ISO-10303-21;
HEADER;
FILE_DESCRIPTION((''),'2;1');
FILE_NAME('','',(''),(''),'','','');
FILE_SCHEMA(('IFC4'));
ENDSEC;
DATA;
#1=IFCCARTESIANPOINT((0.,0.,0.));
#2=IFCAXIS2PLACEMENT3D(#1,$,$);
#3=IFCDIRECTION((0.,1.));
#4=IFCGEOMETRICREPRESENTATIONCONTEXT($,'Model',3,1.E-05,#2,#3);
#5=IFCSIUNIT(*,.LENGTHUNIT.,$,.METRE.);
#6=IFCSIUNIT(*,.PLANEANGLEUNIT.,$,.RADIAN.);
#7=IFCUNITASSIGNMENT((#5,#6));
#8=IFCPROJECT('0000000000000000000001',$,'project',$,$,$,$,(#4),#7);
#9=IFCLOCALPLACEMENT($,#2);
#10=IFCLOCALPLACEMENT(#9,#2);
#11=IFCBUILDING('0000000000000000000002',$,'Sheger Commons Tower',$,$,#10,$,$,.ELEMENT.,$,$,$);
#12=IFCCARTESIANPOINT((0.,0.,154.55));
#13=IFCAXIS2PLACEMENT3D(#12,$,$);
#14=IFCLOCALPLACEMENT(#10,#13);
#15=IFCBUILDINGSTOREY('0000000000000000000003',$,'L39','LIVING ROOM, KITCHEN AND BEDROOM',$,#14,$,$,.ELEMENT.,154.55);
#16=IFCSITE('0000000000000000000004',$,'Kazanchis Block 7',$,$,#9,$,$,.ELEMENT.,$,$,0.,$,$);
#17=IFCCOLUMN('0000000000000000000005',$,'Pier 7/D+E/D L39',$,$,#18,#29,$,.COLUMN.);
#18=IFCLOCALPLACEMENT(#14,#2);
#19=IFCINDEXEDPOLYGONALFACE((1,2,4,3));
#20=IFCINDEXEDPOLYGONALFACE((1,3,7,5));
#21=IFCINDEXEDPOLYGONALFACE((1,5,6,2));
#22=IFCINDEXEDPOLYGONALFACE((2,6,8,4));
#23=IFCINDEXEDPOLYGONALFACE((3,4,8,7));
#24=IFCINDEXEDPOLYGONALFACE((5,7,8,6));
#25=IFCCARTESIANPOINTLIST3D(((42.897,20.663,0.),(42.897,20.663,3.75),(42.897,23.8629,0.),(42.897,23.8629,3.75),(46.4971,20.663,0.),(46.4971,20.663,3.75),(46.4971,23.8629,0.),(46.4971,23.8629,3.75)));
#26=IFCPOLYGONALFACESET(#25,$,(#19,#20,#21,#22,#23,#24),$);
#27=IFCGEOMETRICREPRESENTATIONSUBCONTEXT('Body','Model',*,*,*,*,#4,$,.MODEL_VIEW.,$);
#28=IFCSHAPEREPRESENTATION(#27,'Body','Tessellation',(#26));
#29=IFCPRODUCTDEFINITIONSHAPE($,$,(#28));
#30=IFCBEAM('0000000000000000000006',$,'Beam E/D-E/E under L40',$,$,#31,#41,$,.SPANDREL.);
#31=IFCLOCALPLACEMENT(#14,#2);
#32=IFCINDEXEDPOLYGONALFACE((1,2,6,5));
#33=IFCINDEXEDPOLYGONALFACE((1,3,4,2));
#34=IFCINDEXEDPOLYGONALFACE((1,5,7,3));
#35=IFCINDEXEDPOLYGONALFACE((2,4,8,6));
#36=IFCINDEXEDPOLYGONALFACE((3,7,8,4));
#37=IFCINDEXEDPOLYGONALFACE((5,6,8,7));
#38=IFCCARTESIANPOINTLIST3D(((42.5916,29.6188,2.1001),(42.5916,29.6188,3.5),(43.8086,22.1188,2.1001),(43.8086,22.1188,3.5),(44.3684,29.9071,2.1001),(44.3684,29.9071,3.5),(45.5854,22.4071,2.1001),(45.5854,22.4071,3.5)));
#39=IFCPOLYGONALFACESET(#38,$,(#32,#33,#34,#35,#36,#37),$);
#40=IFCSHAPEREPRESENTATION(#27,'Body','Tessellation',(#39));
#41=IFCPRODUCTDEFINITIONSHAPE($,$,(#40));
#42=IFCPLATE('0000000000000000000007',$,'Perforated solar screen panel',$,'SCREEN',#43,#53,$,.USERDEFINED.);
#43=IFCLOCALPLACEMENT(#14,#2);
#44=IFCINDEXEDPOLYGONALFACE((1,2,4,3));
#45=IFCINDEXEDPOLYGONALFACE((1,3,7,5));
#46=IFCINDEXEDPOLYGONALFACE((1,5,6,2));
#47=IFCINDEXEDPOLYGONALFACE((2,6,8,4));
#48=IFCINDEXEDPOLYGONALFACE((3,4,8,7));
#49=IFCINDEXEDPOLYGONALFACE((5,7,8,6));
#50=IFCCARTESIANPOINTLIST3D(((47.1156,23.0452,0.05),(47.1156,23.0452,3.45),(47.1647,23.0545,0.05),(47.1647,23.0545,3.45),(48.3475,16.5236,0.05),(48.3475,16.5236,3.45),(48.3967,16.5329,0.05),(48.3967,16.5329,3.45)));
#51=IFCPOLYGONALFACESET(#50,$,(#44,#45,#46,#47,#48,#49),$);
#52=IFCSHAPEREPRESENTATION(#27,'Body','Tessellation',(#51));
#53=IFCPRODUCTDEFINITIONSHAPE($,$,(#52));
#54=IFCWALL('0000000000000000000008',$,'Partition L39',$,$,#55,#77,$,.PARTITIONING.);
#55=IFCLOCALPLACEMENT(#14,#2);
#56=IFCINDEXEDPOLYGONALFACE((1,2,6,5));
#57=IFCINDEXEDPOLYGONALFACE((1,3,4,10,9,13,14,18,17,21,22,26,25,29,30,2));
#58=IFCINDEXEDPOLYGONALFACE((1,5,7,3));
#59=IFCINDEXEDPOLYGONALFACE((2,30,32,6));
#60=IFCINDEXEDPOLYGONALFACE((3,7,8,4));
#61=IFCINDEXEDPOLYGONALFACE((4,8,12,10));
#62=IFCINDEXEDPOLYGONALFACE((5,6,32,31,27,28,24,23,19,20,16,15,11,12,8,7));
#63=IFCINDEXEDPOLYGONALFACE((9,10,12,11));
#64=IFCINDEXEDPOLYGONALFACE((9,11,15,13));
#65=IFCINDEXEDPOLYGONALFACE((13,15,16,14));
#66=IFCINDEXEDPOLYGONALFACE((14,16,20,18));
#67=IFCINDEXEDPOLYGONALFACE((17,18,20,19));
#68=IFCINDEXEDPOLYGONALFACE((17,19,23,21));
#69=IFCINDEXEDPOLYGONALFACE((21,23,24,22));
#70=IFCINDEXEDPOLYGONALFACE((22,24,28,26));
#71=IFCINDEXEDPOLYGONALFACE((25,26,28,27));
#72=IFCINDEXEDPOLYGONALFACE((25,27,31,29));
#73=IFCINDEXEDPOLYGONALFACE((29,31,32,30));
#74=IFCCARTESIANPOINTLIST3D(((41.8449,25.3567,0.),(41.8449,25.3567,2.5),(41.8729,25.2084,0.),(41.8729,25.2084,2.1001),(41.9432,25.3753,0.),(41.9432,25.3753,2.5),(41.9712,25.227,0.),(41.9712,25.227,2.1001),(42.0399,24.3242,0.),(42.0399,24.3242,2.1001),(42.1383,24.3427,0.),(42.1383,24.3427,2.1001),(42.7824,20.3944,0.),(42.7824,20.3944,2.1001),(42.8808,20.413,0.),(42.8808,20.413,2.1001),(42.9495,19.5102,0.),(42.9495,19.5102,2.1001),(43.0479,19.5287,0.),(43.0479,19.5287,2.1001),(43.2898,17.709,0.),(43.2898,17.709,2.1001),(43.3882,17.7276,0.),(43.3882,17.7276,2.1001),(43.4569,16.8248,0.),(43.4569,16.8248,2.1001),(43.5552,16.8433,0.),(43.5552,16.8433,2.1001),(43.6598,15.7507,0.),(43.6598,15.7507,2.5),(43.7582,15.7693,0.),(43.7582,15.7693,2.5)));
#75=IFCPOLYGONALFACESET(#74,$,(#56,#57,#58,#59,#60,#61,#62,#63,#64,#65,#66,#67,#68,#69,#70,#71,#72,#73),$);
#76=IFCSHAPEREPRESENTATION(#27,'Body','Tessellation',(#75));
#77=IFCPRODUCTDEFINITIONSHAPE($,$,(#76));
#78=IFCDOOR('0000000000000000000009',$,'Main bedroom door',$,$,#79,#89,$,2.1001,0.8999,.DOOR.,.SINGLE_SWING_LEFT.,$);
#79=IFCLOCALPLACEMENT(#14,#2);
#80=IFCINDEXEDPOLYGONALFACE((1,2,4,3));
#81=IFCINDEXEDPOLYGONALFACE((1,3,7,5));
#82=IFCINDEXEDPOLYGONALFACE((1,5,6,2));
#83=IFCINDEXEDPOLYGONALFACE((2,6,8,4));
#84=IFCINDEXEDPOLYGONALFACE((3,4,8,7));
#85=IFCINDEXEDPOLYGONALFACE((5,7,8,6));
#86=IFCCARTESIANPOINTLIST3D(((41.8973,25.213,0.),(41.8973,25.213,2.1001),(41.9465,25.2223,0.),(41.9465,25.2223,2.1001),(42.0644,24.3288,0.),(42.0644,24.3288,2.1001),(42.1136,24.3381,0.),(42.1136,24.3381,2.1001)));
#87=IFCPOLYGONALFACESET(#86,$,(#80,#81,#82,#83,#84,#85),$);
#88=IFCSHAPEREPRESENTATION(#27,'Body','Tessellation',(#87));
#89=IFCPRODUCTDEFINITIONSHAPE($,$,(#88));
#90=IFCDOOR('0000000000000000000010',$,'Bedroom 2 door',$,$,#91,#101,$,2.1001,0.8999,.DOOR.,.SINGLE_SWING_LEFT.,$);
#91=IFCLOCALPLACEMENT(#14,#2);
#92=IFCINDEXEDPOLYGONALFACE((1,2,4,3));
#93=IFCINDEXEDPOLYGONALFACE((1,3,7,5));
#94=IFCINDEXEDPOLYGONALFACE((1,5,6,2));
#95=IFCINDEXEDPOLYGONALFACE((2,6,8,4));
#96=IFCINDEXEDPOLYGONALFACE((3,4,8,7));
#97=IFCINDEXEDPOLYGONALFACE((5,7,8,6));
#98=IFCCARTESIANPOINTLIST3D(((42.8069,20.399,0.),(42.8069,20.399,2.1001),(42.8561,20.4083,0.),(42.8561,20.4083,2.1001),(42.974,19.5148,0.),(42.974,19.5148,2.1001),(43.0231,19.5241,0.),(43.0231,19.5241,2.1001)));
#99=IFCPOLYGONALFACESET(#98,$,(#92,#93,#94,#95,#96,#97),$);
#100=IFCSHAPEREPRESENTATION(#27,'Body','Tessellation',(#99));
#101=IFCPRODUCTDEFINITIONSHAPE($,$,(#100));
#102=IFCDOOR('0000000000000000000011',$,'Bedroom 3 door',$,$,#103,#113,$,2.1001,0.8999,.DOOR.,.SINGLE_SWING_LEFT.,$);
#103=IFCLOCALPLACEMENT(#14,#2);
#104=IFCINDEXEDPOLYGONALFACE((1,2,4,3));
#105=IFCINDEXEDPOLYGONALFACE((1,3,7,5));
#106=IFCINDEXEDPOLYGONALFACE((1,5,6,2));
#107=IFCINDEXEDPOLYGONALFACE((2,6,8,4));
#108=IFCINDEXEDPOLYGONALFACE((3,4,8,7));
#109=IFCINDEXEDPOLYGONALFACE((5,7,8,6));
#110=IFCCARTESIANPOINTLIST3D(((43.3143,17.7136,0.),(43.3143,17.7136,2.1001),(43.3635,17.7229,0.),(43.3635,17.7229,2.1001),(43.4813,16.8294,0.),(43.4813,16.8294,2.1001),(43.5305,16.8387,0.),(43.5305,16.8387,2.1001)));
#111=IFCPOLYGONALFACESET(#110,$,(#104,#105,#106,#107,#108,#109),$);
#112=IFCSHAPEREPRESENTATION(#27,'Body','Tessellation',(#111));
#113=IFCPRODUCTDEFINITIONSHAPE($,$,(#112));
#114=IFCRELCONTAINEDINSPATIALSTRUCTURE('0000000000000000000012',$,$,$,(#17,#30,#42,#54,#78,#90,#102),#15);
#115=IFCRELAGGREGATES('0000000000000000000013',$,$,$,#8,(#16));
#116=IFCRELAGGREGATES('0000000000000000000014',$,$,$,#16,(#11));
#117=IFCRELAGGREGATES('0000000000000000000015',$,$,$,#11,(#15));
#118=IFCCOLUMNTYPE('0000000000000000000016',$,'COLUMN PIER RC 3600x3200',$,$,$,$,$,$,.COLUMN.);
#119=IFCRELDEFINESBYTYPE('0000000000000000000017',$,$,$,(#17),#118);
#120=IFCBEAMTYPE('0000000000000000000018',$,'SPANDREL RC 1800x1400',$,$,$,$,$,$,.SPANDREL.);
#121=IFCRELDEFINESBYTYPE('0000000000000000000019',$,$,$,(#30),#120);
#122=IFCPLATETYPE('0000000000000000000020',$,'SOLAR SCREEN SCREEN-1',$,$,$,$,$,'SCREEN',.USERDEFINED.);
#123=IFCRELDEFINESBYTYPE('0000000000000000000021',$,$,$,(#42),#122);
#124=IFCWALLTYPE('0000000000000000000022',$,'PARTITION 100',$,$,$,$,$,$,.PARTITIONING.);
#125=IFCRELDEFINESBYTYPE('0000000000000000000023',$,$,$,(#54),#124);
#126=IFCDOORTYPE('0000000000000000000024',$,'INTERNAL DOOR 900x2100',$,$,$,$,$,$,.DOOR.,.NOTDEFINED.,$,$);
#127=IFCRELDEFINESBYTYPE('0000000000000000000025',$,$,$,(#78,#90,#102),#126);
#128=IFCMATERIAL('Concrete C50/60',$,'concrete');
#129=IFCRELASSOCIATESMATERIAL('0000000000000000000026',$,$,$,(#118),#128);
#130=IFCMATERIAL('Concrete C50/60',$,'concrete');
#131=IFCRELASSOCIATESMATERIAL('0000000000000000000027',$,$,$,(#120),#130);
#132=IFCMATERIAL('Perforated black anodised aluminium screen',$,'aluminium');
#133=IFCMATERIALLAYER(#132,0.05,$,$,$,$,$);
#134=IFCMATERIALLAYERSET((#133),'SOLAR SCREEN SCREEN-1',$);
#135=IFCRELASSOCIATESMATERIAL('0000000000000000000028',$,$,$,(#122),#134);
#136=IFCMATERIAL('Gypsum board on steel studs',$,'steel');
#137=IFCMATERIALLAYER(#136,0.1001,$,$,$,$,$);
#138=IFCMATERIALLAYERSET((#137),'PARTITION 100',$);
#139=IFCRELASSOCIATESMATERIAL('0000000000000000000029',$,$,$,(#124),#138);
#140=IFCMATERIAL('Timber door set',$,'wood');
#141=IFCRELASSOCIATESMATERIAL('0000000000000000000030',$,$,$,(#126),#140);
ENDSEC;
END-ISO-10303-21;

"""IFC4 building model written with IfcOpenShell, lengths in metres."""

from ifc_helpers import new_model, si_unit, direction, frame, frame_2d, origin, origin_2d, place, context, subcontext, project, spatial, rectangle, extrude, material, layer, layer_set, material_profile, profile_set, type_object, element, fill, save


model = new_model("IFC4")

# Units and contexts
model_context = context("Model", 3, precision=1e-05, world=origin(), true_north=direction((0.0, 1.0)))
body_context = subcontext(model_context, "Body", "Model", "MODEL_VIEW")
ifc_project = project(units=[si_unit("LENGTHUNIT", "METRE"), si_unit("PLANEANGLEUNIT", "RADIAN")], contexts=[model_context])

# Site, building, storey
site_placement = place(None, origin())
site = spatial("IfcSite", under=ifc_project, at=site_placement, Name="Kazanchis Block 7", CompositionType="ELEMENT", RefElevation=0.0)
building_placement = place(site_placement, origin())
building = spatial("IfcBuilding", under=site, at=building_placement, Name="Sheger Commons Tower", CompositionType="ELEMENT")
storey_placement = place(building_placement, frame((0.0, 0.0, 154.55)))
storey = spatial("IfcBuildingStorey", under=building, at=storey_placement, Name="L39", Description="LIVING ROOM, KITCHEN AND BEDROOM", CompositionType="ELEMENT", Elevation=154.55)

# Column
ifc_material_1 = material(Name="Concrete C50/60", Category="concrete")
ifc_material_profile_1 = material_profile(ifc_material_1, rectangle(XDim=3.6001, YDim=3.2, at=origin_2d()), Name="RC 3600x3200")
ifc_profile_set_1 = profile_set([ifc_material_profile_1], Name="Concrete C50/60")
column_type = type_object("IfcColumnType", Name="COLUMN PIER RC 3600x3200", PredefinedType="COLUMN", material=ifc_profile_set_1)
column_placement = place(storey_placement, frame((44.697, 22.2629, 0.0), z_axis=(0.0, 0.0, 1.0), x_axis=(1.0, 0.0, 0.0)))
element("IfcColumn", 1, at=column_placement, inside=storey, type_object=column_type, Name="Pier 7/D+E/D L39", PredefinedType="COLUMN", context=body_context, shape_type="SweptSolid", body=[
    extrude(rectangle(XDim=3.6001, YDim=3.2, at=origin_2d()), origin(), (0.0, 0.0, 1.0), 3.75),
])

# Beam
ifc_material_2 = material(Name="Concrete C50/60", Category="concrete")
ifc_material_profile_2 = material_profile(ifc_material_2, rectangle(XDim=1.8, YDim=1.3999, at=origin_2d()), Name="RC 1800x1400")
ifc_profile_set_2 = profile_set([ifc_material_profile_2], Name="Concrete C50/60")
beam_type = type_object("IfcBeamType", Name="SPANDREL RC 1800x1400", PredefinedType="SPANDREL", material=ifc_profile_set_2)
beam_placement = place(storey_placement, frame((44.697, 22.2629, 2.8), z_axis=(-0.160177, 0.987088, 0.0), x_axis=(-0.987088, -0.160177, 0.0)))
element("IfcBeam", 2, at=beam_placement, inside=storey, type_object=beam_type, Name="Beam E/D-E/E under L40", PredefinedType="SPANDREL", context=body_context, shape_type="SweptSolid", body=[
    extrude(rectangle(XDim=1.8, YDim=1.3999, at=origin_2d()), origin(), (0.0, 0.0, 1.0), 7.5981),
])

# Plate
ifc_material_3 = material(Name="Perforated black anodised aluminium screen", Category="aluminium")
ifc_layer_1 = layer(ifc_material_3, 0.05)
ifc_layer_set_1 = layer_set([ifc_layer_1], Name="SOLAR SCREEN SCREEN-1")
plate_type = type_object("IfcPlateType", Name="SOLAR SCREEN SCREEN-1", ElementType="SCREEN", PredefinedType="USERDEFINED", material=ifc_layer_set_1)
plate_placement = place(storey_placement, frame((47.7561, 19.7891, 0.05), z_axis=(0.0, 0.0, 1.0), x_axis=(-0.185615, 0.982623, 0.0)))
element("IfcPlate", 3, at=plate_placement, inside=storey, type_object=plate_type, Name="Perforated solar screen panel", ObjectType="SCREEN", PredefinedType="USERDEFINED", context=body_context, shape_type="SweptSolid", body=[
    extrude(rectangle(XDim=6.637, YDim=0.05, at=origin_2d()), origin(), (0.0, 0.0, 1.0), 3.3999),
])

# Wall, openings, doors
ifc_material_4 = material(Name="Gypsum board on steel studs", Category="steel")
ifc_layer_2 = layer(ifc_material_4, 0.1001)
ifc_layer_set_2 = layer_set([ifc_layer_2], Name="PARTITION 100")
wall_type = type_object("IfcWallType", Name="PARTITION 100", PredefinedType="PARTITIONING", material=ifc_layer_set_2)
wall_1_placement = place(storey_placement, frame((41.894, 25.366, 0.0), z_axis=(0.0, 0.0, 1.0), x_axis=(0.185654, -0.982615, 0.0)))
wall_1 = element("IfcWall", 4, at=wall_1_placement, inside=storey, type_object=wall_type, Name="Partition L39", PredefinedType="PARTITIONING", context=body_context, shape_type="SweptSolid", body=[
    extrude(rectangle(XDim=9.7759, YDim=0.1001, at=frame_2d((4.8879, 0.0))), origin(), (0.0, 0.0, 1.0), 2.5),
])
opening_1_placement = place(wall_1_placement, frame((0.1509, 0.0, 0.0)))
opening_1 = element("IfcOpeningElement", 5, at=opening_1_placement, cuts=wall_1, PredefinedType="OPENING", context=body_context, shape_type="SweptSolid", body=[
    extrude(rectangle(XDim=0.8999, YDim=2.1001, at=frame_2d((0.45, 1.05))), frame((0.0, 0.0601, 0.0), z_axis=(0.0, -1.0, 0.0), x_axis=(1.0, 0.0, 0.0)), (0.0, 0.0, 1.0), 0.1201),
])
opening_2_placement = place(wall_1_placement, frame((5.05, 0.0, 0.0)))
opening_2 = element("IfcOpeningElement", 6, at=opening_2_placement, cuts=wall_1, PredefinedType="OPENING", context=body_context, shape_type="SweptSolid", body=[
    extrude(rectangle(XDim=0.8999, YDim=2.1001, at=frame_2d((0.45, 1.05))), frame((0.0, 0.0601, 0.0), z_axis=(0.0, -1.0, 0.0), x_axis=(1.0, 0.0, 0.0)), (0.0, 0.0, 1.0), 0.1201),
])
opening_3_placement = place(wall_1_placement, frame((7.783, 0.0, 0.0)))
opening_3 = element("IfcOpeningElement", 7, at=opening_3_placement, cuts=wall_1, PredefinedType="OPENING", context=body_context, shape_type="SweptSolid", body=[
    extrude(rectangle(XDim=0.8999, YDim=2.1001, at=frame_2d((0.45, 1.05))), frame((0.0, 0.0601, 0.0), z_axis=(0.0, -1.0, 0.0), x_axis=(1.0, 0.0, 0.0)), (0.0, 0.0, 1.0), 0.1201),
])
ifc_material_5 = material(Name="Timber door set", Category="wood")
door_type = type_object("IfcDoorType", Name="INTERNAL DOOR 900x2100", OperationType="NOTDEFINED", PredefinedType="DOOR", material=ifc_material_5)
door_1_placement = place(opening_1_placement, origin())
door_1 = element("IfcDoor", 8, at=door_1_placement, inside=storey, type_object=door_type, Name="Main bedroom door", OperationType="SINGLE_SWING_LEFT", OverallHeight=2.1001, OverallWidth=0.8999, PredefinedType="DOOR", context=body_context, shape_type="SweptSolid", body=[
    extrude(rectangle(XDim=0.8999, YDim=2.1001, at=frame_2d((0.45, 1.05))), frame((0.0, 0.0249, 0.0), z_axis=(0.0, -1.0, 0.0), x_axis=(1.0, 0.0, 0.0)), (0.0, 0.0, 1.0), 0.05),
])
fill(opening_1, door_1)
door_2_placement = place(opening_2_placement, origin())
door_2 = element("IfcDoor", 9, at=door_2_placement, inside=storey, type_object=door_type, Name="Bedroom 2 door", OperationType="SINGLE_SWING_LEFT", OverallHeight=2.1001, OverallWidth=0.8999, PredefinedType="DOOR", context=body_context, shape_type="SweptSolid", body=[
    extrude(rectangle(XDim=0.8999, YDim=2.1001, at=frame_2d((0.45, 1.05))), frame((0.0, 0.0249, 0.0), z_axis=(0.0, -1.0, 0.0), x_axis=(1.0, 0.0, 0.0)), (0.0, 0.0, 1.0), 0.05),
])
fill(opening_2, door_2)
door_3_placement = place(opening_3_placement, origin())
door_3 = element("IfcDoor", 10, at=door_3_placement, inside=storey, type_object=door_type, Name="Bedroom 3 door", OperationType="SINGLE_SWING_LEFT", OverallHeight=2.1001, OverallWidth=0.8999, PredefinedType="DOOR", context=body_context, shape_type="SweptSolid", body=[
    extrude(rectangle(XDim=0.8999, YDim=2.1001, at=frame_2d((0.45, 1.05))), frame((0.0, 0.0249, 0.0), z_axis=(0.0, -1.0, 0.0), x_axis=(1.0, 0.0, 0.0)), (0.0, 0.0, 1.0), 0.05),
])
fill(opening_3, door_3)

save(model, "model.ifc")
